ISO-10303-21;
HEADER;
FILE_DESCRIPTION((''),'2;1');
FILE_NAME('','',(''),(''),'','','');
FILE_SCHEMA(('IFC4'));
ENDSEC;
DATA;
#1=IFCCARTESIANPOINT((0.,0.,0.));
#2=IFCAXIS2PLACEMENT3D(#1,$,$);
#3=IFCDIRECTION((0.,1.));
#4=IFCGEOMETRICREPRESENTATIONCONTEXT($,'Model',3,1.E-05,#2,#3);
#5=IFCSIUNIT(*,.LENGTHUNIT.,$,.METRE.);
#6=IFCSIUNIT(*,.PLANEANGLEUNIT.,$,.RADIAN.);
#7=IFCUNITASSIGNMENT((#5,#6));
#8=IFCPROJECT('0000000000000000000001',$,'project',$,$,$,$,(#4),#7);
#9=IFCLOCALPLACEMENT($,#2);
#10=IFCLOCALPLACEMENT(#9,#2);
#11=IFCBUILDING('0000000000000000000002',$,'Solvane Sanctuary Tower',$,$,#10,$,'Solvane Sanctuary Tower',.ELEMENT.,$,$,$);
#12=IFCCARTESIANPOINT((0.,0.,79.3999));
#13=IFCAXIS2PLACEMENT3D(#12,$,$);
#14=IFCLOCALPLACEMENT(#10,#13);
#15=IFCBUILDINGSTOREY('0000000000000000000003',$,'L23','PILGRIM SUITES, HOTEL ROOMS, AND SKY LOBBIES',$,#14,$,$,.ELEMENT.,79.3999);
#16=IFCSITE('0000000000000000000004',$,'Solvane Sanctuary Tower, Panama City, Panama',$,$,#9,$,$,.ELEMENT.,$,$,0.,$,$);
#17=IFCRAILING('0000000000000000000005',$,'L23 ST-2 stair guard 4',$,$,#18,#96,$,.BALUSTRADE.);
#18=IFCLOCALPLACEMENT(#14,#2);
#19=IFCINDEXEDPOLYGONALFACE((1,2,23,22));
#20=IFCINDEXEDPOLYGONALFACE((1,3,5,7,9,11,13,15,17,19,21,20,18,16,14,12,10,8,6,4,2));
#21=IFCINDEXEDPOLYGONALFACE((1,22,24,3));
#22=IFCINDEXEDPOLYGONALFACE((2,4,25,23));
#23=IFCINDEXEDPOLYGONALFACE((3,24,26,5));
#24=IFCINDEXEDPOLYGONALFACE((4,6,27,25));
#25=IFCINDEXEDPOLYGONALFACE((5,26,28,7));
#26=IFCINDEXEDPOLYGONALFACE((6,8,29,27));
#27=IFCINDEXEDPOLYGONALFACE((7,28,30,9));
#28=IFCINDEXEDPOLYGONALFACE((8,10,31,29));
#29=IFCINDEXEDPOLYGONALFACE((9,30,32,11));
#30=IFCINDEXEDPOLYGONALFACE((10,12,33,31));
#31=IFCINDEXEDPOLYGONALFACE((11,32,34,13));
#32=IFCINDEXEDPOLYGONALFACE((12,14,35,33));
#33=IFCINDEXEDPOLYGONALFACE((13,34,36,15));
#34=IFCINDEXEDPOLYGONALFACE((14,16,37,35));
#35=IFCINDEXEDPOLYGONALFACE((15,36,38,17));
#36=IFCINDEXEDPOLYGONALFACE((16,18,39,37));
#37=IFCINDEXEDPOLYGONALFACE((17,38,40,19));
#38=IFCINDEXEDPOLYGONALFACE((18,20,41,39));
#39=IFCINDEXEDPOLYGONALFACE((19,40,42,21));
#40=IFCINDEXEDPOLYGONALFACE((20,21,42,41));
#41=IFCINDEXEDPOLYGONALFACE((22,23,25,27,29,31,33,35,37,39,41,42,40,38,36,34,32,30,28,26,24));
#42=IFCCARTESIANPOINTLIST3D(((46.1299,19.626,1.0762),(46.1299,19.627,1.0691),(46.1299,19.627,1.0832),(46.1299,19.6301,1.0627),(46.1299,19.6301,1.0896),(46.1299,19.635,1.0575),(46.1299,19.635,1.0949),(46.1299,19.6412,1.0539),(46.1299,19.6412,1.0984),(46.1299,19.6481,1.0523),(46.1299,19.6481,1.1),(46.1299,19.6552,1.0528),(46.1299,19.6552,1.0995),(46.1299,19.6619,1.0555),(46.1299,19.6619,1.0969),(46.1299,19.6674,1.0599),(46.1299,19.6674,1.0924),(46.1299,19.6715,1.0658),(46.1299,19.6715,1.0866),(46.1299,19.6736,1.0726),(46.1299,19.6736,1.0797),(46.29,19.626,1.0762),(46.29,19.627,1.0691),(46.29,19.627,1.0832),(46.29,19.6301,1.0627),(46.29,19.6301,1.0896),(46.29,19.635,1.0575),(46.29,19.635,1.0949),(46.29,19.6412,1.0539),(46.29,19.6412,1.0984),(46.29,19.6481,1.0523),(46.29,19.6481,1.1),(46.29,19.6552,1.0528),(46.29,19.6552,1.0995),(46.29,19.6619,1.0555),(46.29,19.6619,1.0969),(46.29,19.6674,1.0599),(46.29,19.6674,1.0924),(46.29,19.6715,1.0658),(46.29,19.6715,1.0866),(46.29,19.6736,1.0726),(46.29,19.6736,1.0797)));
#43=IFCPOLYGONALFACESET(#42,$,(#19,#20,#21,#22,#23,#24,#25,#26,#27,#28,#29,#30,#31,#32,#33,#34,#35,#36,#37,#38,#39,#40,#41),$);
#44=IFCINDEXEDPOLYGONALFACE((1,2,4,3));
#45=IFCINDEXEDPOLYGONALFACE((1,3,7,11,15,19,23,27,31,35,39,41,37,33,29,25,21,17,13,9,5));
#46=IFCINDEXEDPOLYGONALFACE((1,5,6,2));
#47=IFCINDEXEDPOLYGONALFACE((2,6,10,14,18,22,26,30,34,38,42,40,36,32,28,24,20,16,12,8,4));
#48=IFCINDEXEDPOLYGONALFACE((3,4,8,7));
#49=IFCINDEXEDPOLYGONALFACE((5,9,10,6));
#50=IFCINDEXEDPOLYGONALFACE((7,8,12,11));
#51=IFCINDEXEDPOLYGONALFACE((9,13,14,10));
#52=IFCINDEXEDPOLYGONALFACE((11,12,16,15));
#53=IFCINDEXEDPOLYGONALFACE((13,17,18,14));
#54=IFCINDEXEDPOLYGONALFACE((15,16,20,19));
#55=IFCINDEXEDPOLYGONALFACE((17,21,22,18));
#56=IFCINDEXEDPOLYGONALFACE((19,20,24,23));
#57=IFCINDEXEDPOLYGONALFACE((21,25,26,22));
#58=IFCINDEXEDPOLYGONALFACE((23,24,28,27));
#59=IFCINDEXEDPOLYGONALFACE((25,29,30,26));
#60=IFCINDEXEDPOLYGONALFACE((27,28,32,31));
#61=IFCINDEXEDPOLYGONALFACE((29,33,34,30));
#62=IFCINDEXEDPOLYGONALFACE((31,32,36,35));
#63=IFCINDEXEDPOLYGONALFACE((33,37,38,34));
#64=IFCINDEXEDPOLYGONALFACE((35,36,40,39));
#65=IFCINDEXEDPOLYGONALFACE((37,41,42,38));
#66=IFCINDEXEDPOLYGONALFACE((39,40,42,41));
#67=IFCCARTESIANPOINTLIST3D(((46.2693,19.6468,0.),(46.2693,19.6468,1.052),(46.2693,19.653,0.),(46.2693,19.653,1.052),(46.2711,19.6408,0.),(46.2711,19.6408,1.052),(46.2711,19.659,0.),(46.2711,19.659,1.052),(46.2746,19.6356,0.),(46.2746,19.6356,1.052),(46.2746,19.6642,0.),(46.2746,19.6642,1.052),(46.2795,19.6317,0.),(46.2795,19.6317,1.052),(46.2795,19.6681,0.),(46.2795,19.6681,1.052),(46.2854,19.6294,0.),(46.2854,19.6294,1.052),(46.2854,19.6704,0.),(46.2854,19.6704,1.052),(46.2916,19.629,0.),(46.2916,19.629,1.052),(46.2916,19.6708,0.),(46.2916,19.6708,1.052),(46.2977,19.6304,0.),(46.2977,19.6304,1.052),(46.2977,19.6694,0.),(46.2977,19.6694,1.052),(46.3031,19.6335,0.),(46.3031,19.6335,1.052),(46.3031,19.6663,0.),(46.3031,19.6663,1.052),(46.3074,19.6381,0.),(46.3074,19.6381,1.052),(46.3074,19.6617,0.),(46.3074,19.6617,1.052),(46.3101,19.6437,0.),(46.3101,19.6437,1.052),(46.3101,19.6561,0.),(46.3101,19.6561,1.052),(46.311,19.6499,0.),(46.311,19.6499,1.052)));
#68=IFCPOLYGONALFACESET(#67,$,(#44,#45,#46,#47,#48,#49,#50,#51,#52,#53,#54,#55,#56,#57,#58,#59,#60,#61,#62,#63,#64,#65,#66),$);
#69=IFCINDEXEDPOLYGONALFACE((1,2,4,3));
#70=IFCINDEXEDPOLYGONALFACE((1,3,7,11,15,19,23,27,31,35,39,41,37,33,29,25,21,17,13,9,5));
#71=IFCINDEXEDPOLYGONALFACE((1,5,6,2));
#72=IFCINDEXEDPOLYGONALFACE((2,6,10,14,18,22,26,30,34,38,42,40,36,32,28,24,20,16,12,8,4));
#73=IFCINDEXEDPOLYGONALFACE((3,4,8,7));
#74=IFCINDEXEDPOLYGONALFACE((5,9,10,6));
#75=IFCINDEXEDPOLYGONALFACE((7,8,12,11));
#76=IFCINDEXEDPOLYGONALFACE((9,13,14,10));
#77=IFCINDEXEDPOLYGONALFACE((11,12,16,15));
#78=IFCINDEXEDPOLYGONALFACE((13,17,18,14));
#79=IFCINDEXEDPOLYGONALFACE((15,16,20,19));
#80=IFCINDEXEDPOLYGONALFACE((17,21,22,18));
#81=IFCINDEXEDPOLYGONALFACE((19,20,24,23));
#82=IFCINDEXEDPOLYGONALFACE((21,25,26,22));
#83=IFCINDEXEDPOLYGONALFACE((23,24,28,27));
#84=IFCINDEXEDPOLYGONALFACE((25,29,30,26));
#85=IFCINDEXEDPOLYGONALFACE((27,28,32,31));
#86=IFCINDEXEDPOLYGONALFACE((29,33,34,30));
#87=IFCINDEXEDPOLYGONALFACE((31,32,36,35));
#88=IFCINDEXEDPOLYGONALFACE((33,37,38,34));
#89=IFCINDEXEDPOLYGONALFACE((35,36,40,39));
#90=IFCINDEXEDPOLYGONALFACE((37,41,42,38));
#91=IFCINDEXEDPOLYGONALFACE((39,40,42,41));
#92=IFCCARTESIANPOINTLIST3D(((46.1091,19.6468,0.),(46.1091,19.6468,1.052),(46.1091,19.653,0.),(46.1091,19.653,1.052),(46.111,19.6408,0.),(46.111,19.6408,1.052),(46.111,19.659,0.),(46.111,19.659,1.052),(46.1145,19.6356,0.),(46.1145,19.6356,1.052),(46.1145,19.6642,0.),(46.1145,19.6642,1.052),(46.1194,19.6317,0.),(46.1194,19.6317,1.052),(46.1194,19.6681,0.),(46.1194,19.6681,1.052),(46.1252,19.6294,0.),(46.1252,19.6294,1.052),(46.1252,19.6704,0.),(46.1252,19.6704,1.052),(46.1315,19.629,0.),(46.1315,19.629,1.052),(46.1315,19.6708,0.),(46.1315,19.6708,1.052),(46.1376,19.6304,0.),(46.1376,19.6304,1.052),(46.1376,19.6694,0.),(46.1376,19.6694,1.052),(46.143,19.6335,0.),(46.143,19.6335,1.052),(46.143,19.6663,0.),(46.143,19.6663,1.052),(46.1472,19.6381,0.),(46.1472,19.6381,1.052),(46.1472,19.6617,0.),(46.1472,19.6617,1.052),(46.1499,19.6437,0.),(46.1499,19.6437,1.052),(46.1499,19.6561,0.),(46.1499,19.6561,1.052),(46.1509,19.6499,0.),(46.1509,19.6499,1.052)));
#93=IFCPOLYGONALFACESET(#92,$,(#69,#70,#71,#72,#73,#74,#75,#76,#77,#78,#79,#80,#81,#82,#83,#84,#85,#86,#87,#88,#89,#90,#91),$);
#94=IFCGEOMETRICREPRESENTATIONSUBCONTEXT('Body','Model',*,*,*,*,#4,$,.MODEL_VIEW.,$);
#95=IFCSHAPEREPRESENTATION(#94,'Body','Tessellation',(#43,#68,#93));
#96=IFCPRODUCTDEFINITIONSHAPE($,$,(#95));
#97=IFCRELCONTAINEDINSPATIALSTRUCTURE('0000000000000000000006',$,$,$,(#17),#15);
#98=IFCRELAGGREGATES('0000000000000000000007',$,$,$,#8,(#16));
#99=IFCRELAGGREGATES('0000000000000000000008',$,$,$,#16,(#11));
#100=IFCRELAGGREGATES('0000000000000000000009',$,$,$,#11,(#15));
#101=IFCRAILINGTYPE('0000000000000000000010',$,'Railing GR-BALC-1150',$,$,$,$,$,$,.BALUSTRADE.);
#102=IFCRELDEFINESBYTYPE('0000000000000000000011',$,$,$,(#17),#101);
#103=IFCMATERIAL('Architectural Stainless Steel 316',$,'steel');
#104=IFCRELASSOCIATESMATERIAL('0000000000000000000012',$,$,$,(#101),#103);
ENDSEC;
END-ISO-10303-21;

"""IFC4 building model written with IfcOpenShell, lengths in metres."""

from ifc_helpers import new_model, si_unit, direction, frame, origin, origin_2d, place, context, subcontext, project, spatial, circle, extrude, material, type_object, element, save


model = new_model("IFC4")

# Units and contexts
model_context = context("Model", 3, precision=1e-05, world=origin(), true_north=direction((0.0, 1.0)))
body_context = subcontext(model_context, "Body", "Model", "MODEL_VIEW")
ifc_project = project(units=[si_unit("LENGTHUNIT", "METRE"), si_unit("PLANEANGLEUNIT", "RADIAN")], contexts=[model_context])

# Site, building, storey
site_placement = place(None, origin())
site = spatial("IfcSite", under=ifc_project, at=site_placement, Name="Solvane Sanctuary Tower, Panama City, Panama", CompositionType="ELEMENT", RefElevation=0.0)
building_placement = place(site_placement, origin())
building = spatial("IfcBuilding", under=site, at=building_placement, Name="Solvane Sanctuary Tower", LongName="Solvane Sanctuary Tower", CompositionType="ELEMENT")
storey_placement = place(building_placement, frame((0.0, 0.0, 79.3999)))
storey = spatial("IfcBuildingStorey", under=building, at=storey_placement, Name="L23", Description="PILGRIM SUITES, HOTEL ROOMS, AND SKY LOBBIES", CompositionType="ELEMENT", Elevation=79.3999)

# Shared definitions
ifc_material_1 = material(Name="Architectural Stainless Steel 316", Category="steel")

# Railing
railing_type_1 = type_object("IfcRailingType", Name="Railing GR-BALC-1150", PredefinedType="BALUSTRADE", material=ifc_material_1)
railing_1_placement = place(storey_placement, frame((46.29, 19.6499, 0.0)))
element("IfcRailing", 1, at=railing_1_placement, inside=storey, type_object=railing_type_1, Name="L23 ST-2 stair guard 4", PredefinedType="BALUSTRADE", context=body_context, shape_type="SweptSolid", body=[
    extrude(circle(Radius=0.0239, at=origin_2d()), frame((0.0, 0.0, 1.0762), z_axis=(-1.0, 0.0, 0.0), x_axis=(0.0, -1.0, 0.0)), (0.0, 0.0, 1.0), 0.1602),
    extrude(circle(Radius=0.021, at=origin_2d()), origin(), (0.0, 0.0, 1.0), 1.052),
    extrude(circle(Radius=0.021, at=origin_2d()), frame((-0.1602, 0.0, 0.0)), (0.0, 0.0, 1.0), 1.052),
])

save(model, "model.ifc")
